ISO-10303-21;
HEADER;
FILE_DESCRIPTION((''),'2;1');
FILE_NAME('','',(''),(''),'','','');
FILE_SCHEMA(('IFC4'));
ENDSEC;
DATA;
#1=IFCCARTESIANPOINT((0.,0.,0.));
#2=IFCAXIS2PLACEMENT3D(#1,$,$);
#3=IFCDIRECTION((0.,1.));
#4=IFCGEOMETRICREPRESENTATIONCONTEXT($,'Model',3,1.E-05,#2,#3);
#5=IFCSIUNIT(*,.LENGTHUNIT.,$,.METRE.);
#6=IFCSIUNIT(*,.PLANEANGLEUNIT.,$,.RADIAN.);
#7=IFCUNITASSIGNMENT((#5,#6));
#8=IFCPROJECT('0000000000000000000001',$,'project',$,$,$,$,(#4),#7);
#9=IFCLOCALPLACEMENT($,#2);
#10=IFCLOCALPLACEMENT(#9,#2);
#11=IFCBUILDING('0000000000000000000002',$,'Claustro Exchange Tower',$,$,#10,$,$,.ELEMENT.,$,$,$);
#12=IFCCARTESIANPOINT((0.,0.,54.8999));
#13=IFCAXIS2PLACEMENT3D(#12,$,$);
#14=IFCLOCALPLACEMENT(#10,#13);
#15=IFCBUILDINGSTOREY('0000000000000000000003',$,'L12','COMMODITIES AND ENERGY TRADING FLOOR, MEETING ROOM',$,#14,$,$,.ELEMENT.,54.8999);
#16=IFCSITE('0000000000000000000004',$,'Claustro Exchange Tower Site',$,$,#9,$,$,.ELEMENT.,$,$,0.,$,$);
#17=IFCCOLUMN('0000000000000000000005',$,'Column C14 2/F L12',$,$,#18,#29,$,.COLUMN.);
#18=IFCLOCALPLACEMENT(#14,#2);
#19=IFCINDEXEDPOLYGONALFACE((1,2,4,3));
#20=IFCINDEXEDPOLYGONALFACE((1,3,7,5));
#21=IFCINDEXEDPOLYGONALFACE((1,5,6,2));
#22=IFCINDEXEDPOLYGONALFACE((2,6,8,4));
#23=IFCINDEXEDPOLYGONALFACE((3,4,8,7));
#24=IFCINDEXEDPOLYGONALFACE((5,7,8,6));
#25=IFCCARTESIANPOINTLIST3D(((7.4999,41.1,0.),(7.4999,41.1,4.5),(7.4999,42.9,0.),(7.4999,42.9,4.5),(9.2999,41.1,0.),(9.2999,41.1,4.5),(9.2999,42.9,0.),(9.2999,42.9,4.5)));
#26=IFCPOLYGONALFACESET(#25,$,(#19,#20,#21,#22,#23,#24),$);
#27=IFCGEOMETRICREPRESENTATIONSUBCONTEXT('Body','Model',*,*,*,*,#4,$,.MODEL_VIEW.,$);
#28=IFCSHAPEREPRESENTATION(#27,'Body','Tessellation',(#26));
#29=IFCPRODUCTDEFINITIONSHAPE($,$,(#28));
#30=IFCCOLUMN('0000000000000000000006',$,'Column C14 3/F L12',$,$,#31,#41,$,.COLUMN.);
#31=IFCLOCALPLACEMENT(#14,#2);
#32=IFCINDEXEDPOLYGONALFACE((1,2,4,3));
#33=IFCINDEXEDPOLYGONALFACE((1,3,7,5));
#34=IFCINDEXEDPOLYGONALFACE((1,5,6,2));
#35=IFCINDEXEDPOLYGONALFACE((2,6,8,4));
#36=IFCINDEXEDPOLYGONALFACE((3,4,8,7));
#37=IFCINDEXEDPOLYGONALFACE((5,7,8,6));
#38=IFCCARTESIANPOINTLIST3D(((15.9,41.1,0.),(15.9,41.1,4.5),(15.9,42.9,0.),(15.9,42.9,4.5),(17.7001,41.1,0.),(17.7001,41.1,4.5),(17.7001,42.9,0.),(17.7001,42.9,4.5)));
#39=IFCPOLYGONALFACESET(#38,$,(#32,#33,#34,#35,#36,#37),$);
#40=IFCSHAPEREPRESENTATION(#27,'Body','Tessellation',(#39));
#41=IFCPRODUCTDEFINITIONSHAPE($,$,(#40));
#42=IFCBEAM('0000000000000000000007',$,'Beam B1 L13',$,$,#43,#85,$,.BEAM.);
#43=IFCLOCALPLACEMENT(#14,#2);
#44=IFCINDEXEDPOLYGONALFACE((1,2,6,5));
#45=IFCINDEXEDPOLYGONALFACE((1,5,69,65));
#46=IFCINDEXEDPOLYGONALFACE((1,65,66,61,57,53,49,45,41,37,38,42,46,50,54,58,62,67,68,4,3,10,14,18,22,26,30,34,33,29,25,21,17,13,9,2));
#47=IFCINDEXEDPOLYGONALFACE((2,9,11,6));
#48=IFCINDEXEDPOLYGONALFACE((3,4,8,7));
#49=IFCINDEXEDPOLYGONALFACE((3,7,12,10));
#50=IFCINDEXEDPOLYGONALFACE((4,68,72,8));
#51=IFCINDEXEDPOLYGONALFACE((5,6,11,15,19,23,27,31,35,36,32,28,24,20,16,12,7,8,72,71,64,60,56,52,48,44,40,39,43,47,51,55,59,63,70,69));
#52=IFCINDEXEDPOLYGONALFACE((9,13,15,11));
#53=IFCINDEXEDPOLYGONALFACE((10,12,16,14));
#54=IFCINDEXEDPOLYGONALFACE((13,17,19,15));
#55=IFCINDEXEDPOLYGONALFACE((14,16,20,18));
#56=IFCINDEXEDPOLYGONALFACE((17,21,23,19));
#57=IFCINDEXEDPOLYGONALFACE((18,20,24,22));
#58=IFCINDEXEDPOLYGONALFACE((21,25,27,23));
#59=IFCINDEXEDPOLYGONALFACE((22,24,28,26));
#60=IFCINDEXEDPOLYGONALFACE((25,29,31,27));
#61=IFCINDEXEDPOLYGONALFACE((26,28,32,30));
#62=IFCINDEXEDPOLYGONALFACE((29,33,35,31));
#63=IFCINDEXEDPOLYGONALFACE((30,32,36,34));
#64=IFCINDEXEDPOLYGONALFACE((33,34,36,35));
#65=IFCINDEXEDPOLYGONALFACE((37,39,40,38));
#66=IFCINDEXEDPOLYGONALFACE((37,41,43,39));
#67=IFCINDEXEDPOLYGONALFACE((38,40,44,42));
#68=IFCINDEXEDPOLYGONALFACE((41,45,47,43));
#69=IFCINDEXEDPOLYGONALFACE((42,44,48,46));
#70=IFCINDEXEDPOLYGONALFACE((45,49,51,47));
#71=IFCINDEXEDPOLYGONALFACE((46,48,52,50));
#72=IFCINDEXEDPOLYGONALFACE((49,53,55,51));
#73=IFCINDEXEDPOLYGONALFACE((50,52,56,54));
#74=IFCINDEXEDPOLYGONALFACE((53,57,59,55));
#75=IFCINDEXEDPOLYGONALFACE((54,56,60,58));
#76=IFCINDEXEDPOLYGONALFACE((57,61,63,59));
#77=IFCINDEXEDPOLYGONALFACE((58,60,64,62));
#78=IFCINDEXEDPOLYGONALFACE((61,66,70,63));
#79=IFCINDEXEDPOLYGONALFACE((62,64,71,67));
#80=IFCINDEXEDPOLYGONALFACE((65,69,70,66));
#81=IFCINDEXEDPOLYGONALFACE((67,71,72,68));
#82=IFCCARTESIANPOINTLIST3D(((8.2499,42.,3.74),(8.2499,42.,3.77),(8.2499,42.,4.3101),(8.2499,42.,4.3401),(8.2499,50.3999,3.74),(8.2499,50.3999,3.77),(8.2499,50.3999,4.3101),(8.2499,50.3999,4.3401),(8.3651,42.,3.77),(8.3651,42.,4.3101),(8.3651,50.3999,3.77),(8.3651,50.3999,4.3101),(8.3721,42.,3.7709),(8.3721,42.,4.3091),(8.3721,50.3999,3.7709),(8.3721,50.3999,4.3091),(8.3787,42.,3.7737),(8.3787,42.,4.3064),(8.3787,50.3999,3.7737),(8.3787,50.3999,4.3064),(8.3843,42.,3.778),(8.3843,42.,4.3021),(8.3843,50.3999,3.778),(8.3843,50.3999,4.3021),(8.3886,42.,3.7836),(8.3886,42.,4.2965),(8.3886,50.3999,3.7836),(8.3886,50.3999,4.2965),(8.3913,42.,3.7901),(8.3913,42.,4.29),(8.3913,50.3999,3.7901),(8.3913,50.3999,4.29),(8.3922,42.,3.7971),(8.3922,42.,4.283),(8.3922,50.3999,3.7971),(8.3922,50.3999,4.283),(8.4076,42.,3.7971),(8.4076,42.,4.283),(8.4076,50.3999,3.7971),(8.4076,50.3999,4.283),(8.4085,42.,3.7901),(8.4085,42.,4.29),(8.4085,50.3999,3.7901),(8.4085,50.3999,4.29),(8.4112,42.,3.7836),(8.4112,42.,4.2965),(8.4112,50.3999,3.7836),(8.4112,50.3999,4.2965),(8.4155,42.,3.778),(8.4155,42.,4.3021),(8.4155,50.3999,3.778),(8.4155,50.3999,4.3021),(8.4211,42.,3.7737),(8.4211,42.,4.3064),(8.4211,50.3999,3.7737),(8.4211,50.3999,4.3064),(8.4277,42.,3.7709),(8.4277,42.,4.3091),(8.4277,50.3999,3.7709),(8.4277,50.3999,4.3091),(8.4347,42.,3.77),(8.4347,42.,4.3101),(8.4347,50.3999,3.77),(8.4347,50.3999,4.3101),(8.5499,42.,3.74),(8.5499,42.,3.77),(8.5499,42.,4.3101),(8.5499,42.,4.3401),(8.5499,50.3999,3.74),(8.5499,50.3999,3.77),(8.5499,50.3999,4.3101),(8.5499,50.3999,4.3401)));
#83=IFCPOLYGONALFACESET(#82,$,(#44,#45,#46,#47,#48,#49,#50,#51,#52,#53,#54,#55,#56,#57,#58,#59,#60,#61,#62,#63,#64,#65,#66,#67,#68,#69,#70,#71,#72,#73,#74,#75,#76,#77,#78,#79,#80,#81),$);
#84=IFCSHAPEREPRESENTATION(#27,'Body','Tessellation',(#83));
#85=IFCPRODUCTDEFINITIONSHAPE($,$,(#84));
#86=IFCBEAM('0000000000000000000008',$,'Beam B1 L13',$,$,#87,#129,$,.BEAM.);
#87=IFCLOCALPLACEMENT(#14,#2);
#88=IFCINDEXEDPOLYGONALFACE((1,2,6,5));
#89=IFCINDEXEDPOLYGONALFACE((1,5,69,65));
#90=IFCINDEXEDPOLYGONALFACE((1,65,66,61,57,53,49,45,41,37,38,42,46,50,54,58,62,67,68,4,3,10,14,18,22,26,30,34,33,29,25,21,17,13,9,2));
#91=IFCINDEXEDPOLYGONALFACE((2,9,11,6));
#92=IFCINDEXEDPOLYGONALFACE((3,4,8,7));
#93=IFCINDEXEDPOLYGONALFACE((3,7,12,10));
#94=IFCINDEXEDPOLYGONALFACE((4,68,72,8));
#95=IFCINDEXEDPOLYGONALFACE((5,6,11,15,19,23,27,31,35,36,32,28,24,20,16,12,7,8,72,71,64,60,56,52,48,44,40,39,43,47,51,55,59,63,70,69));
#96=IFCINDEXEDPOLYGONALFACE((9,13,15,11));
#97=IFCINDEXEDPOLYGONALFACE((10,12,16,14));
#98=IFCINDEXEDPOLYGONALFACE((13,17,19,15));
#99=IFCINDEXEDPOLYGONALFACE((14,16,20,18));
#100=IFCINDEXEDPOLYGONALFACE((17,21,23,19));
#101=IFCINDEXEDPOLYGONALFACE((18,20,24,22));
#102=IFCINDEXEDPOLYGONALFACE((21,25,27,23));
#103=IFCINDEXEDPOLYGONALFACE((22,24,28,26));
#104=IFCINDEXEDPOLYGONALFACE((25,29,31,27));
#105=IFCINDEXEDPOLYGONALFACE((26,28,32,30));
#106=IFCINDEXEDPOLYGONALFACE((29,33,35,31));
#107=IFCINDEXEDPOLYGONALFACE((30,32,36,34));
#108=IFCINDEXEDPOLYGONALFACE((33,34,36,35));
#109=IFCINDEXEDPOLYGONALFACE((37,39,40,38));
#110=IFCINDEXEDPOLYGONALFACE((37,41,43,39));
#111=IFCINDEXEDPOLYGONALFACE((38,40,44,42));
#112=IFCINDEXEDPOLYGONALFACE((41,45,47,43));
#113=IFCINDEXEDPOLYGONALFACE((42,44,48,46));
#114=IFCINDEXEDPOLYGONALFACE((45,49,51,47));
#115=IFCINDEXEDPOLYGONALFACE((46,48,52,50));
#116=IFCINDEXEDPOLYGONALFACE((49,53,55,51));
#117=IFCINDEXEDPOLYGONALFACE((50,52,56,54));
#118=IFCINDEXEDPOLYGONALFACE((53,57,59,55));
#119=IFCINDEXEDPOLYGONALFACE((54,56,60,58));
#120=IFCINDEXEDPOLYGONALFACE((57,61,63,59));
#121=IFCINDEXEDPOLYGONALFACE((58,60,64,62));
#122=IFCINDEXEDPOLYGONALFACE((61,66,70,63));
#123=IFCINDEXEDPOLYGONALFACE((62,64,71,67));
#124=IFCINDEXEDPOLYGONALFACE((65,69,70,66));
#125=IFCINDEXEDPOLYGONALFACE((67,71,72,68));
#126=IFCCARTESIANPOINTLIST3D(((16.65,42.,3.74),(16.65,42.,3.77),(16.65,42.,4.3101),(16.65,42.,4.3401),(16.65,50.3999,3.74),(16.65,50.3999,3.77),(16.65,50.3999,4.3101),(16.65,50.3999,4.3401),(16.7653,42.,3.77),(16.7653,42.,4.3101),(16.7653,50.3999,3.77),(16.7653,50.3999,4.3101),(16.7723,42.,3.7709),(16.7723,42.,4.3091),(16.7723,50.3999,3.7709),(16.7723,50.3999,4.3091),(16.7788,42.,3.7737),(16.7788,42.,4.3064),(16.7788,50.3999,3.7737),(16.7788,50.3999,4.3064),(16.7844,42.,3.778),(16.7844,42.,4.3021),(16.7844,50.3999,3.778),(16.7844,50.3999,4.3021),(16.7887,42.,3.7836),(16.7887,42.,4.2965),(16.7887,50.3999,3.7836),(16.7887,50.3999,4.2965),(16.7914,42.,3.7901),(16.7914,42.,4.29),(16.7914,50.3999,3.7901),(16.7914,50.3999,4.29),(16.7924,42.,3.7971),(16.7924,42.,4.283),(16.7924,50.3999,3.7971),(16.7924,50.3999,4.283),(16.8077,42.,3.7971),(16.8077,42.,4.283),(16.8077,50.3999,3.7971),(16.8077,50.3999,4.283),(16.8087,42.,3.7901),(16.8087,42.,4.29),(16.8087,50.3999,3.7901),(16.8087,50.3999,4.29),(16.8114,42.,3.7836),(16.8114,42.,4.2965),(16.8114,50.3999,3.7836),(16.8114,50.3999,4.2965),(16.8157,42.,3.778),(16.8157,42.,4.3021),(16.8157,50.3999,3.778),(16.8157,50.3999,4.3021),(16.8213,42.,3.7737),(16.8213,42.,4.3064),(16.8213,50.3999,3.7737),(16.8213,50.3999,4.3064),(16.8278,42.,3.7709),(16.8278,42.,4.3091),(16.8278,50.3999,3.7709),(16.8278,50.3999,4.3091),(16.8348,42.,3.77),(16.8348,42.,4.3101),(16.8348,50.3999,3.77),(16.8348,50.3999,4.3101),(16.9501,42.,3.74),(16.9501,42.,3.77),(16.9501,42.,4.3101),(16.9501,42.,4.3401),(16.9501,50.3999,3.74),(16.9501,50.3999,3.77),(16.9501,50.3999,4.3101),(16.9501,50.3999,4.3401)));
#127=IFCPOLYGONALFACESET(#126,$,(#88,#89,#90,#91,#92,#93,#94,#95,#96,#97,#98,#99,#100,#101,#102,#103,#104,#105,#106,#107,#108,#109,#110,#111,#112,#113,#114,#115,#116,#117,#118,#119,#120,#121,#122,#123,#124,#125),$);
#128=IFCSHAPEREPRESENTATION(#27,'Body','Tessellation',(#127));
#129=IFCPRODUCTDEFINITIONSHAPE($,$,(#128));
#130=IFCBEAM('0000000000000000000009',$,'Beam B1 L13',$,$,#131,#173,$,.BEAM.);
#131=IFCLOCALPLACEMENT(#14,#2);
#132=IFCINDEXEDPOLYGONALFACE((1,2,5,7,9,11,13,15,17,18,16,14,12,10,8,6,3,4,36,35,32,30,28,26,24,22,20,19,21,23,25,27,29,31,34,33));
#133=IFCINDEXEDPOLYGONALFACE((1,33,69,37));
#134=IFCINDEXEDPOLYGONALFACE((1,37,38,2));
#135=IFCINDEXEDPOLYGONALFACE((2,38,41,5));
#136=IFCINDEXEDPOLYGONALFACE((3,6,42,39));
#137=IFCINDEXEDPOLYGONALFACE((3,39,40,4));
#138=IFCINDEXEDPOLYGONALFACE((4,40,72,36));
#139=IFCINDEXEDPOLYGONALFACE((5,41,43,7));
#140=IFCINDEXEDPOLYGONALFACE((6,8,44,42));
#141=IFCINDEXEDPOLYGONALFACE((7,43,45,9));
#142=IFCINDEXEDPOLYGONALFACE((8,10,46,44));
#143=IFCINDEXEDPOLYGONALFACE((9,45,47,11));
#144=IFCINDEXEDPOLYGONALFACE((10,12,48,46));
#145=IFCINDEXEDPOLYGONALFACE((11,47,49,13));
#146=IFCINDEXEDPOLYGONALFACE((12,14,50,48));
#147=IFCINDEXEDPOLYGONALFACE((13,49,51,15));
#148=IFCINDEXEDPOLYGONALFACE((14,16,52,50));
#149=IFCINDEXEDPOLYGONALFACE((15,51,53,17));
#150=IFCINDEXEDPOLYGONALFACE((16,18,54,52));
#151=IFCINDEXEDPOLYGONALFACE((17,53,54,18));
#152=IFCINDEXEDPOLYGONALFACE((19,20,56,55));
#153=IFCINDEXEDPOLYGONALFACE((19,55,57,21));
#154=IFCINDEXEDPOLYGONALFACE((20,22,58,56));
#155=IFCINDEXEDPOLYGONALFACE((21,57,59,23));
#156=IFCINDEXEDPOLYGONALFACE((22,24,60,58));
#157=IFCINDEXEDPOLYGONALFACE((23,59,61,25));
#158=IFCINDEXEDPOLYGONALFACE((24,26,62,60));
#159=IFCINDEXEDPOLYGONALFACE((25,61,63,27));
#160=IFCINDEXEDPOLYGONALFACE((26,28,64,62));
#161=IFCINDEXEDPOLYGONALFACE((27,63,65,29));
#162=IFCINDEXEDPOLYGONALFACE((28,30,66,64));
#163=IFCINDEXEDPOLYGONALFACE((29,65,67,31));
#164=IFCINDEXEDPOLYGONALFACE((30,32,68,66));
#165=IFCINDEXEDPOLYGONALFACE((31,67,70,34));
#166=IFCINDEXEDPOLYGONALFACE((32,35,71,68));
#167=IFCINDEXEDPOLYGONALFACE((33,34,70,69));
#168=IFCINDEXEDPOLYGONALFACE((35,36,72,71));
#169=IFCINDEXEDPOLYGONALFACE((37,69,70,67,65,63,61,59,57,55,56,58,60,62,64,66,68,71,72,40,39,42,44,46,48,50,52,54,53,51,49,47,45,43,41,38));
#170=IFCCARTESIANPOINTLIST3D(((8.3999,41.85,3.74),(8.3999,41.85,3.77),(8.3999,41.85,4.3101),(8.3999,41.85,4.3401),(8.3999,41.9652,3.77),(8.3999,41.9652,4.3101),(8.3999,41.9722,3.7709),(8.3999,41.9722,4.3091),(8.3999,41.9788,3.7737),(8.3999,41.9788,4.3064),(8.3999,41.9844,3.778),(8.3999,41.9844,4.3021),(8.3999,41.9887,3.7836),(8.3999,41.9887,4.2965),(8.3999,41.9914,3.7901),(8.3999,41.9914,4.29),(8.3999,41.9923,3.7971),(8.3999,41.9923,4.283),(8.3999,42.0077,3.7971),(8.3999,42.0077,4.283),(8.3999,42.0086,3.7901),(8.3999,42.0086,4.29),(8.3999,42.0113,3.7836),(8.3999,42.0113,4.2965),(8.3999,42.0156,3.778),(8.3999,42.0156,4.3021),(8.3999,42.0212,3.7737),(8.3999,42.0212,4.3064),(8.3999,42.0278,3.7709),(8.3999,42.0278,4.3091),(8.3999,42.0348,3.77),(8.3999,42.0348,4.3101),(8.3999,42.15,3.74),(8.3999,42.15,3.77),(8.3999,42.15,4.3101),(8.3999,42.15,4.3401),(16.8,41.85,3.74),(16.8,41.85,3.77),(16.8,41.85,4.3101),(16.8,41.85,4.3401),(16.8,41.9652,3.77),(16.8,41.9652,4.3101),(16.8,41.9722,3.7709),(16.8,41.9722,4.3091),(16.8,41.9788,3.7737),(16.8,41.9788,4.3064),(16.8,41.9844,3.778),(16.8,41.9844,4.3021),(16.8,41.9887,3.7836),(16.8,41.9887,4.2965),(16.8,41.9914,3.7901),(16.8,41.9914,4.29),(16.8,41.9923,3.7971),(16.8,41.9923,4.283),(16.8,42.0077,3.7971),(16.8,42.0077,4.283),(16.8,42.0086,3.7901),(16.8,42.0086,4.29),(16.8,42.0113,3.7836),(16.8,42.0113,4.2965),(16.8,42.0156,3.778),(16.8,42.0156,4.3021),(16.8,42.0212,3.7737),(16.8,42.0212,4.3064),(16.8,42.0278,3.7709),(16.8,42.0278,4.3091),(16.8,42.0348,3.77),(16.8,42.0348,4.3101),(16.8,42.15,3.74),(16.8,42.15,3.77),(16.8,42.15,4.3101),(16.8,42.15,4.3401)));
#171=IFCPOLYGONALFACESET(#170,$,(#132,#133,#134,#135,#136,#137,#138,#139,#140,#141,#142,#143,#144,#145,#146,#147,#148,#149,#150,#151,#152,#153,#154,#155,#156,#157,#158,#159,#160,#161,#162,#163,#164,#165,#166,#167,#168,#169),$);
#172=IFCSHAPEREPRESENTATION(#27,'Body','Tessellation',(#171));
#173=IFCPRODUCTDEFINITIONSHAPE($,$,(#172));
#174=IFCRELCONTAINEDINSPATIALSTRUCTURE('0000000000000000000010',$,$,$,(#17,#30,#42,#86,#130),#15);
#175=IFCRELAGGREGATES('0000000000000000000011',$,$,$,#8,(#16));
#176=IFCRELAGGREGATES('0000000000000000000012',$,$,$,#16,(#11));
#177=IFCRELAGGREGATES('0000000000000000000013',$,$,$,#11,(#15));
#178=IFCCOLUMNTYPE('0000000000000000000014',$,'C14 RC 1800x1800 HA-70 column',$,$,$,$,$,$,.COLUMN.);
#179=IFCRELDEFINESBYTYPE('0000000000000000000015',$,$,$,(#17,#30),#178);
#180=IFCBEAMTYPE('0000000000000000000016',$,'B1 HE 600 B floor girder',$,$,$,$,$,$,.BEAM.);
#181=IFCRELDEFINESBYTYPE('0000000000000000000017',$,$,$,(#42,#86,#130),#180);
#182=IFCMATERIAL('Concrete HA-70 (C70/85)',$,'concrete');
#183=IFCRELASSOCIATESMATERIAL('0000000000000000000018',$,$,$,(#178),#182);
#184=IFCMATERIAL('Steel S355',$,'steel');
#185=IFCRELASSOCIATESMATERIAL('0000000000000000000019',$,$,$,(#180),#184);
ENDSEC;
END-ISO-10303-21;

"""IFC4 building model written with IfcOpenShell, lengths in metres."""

from ifc_helpers import new_model, si_unit, direction, frame, origin, origin_2d, place, context, subcontext, project, spatial, rectangle, i_section, extrude, material, material_profile, profile_set, type_object, element, save


model = new_model("IFC4")

# Units and contexts
model_context = context("Model", 3, precision=1e-05, world=origin(), true_north=direction((0.0, 1.0)))
body_context = subcontext(model_context, "Body", "Model", "MODEL_VIEW")
ifc_project = project(units=[si_unit("LENGTHUNIT", "METRE"), si_unit("PLANEANGLEUNIT", "RADIAN")], contexts=[model_context])

# Site, building, storey
site_placement = place(None, origin())
site = spatial("IfcSite", under=ifc_project, at=site_placement, Name="Claustro Exchange Tower Site", CompositionType="ELEMENT", RefElevation=0.0)
building_placement = place(site_placement, origin())
building = spatial("IfcBuilding", under=site, at=building_placement, Name="Claustro Exchange Tower", CompositionType="ELEMENT")
storey_placement = place(building_placement, frame((0.0, 0.0, 54.8999)))
storey = spatial("IfcBuildingStorey", under=building, at=storey_placement, Name="L12", Description="COMMODITIES AND ENERGY TRADING FLOOR, MEETING ROOM", CompositionType="ELEMENT", Elevation=54.8999)

# Columns
ifc_material_1 = material(Name="Concrete HA-70 (C70/85)", Category="concrete")
ifc_material_profile_1 = material_profile(ifc_material_1, rectangle(XDim=1.8, YDim=1.8, at=origin_2d()), Name="RC 1800x1800")
ifc_profile_set_1 = profile_set([ifc_material_profile_1], Name="Concrete HA-70 (C70/85)")
column_type = type_object("IfcColumnType", Name="C14 RC 1800x1800 HA-70 column", PredefinedType="COLUMN", material=ifc_profile_set_1)
for number, where, z_axis, x_axis, name in (
    (1, (8.3999, 42.0, 0.0), (0.0, 0.0, 1.0), (1.0, 0.0, 0.0), "Column C14 2/F L12"),
    (2, (16.8, 42.0, 0.0), (0.0, 0.0, 1.0), (1.0, 0.0, 0.0), "Column C14 3/F L12"),
):
    element("IfcColumn", number, at=place(storey_placement, frame(where, z_axis=z_axis, x_axis=x_axis)), inside=storey, type_object=column_type, Name=name, PredefinedType="COLUMN", context=body_context, shape_type="SweptSolid", body=[
        extrude(rectangle(XDim=1.8, YDim=1.8, at=origin_2d()), origin(), (0.0, 0.0, 1.0), 4.5),
    ])

# Beams
ifc_material_2 = material(Name="Steel S355", Category="steel")
ifc_material_profile_2 = material_profile(ifc_material_2, i_section(OverallWidth=0.3, OverallDepth=0.6001, WebThickness=0.0154, FlangeThickness=0.03, FilletRadius=0.0271, at=origin_2d()), Name="HE 600 B")
ifc_profile_set_2 = profile_set([ifc_material_profile_2], Name="Steel S355")
beam_type_1 = type_object("IfcBeamType", Name="B1 HE 600 B floor girder", PredefinedType="BEAM", material=ifc_profile_set_2)
for number, where, z_axis, x_axis, name in (
    (3, (8.3999, 42.0, 4.04), (0.0, 1.0, 0.0), (-1.0, 0.0, 0.0), "Beam B1 L13"),
    (4, (16.8, 42.0, 4.04), (0.0, 1.0, 0.0), (-1.0, 0.0, 0.0), "Beam B1 L13"),
):
    element("IfcBeam", number, at=place(storey_placement, frame(where, z_axis=z_axis, x_axis=x_axis)), inside=storey, type_object=beam_type_1, Name=name, PredefinedType="BEAM", context=body_context, shape_type="SweptSolid", body=[
        extrude(i_section(OverallWidth=0.3, OverallDepth=0.6001, WebThickness=0.0154, FlangeThickness=0.03, FilletRadius=0.0271, at=origin_2d()), origin(), (0.0, 0.0, 1.0), 8.3999),
    ])
beam_placement = place(storey_placement, frame((8.3999, 42.0, 4.04), z_axis=(1.0, 0.0, 0.0), x_axis=(0.0, 1.0, 0.0)))
element("IfcBeam", 5, at=beam_placement, inside=storey, type_object=beam_type_1, Name="Beam B1 L13", PredefinedType="BEAM", context=body_context, shape_type="SweptSolid", body=[
    extrude(i_section(OverallWidth=0.3, OverallDepth=0.6001, WebThickness=0.0154, FlangeThickness=0.03, FilletRadius=0.0271, at=origin_2d()), origin(), (0.0, 0.0, 1.0), 8.4001),
])

save(model, "model.ifc")
